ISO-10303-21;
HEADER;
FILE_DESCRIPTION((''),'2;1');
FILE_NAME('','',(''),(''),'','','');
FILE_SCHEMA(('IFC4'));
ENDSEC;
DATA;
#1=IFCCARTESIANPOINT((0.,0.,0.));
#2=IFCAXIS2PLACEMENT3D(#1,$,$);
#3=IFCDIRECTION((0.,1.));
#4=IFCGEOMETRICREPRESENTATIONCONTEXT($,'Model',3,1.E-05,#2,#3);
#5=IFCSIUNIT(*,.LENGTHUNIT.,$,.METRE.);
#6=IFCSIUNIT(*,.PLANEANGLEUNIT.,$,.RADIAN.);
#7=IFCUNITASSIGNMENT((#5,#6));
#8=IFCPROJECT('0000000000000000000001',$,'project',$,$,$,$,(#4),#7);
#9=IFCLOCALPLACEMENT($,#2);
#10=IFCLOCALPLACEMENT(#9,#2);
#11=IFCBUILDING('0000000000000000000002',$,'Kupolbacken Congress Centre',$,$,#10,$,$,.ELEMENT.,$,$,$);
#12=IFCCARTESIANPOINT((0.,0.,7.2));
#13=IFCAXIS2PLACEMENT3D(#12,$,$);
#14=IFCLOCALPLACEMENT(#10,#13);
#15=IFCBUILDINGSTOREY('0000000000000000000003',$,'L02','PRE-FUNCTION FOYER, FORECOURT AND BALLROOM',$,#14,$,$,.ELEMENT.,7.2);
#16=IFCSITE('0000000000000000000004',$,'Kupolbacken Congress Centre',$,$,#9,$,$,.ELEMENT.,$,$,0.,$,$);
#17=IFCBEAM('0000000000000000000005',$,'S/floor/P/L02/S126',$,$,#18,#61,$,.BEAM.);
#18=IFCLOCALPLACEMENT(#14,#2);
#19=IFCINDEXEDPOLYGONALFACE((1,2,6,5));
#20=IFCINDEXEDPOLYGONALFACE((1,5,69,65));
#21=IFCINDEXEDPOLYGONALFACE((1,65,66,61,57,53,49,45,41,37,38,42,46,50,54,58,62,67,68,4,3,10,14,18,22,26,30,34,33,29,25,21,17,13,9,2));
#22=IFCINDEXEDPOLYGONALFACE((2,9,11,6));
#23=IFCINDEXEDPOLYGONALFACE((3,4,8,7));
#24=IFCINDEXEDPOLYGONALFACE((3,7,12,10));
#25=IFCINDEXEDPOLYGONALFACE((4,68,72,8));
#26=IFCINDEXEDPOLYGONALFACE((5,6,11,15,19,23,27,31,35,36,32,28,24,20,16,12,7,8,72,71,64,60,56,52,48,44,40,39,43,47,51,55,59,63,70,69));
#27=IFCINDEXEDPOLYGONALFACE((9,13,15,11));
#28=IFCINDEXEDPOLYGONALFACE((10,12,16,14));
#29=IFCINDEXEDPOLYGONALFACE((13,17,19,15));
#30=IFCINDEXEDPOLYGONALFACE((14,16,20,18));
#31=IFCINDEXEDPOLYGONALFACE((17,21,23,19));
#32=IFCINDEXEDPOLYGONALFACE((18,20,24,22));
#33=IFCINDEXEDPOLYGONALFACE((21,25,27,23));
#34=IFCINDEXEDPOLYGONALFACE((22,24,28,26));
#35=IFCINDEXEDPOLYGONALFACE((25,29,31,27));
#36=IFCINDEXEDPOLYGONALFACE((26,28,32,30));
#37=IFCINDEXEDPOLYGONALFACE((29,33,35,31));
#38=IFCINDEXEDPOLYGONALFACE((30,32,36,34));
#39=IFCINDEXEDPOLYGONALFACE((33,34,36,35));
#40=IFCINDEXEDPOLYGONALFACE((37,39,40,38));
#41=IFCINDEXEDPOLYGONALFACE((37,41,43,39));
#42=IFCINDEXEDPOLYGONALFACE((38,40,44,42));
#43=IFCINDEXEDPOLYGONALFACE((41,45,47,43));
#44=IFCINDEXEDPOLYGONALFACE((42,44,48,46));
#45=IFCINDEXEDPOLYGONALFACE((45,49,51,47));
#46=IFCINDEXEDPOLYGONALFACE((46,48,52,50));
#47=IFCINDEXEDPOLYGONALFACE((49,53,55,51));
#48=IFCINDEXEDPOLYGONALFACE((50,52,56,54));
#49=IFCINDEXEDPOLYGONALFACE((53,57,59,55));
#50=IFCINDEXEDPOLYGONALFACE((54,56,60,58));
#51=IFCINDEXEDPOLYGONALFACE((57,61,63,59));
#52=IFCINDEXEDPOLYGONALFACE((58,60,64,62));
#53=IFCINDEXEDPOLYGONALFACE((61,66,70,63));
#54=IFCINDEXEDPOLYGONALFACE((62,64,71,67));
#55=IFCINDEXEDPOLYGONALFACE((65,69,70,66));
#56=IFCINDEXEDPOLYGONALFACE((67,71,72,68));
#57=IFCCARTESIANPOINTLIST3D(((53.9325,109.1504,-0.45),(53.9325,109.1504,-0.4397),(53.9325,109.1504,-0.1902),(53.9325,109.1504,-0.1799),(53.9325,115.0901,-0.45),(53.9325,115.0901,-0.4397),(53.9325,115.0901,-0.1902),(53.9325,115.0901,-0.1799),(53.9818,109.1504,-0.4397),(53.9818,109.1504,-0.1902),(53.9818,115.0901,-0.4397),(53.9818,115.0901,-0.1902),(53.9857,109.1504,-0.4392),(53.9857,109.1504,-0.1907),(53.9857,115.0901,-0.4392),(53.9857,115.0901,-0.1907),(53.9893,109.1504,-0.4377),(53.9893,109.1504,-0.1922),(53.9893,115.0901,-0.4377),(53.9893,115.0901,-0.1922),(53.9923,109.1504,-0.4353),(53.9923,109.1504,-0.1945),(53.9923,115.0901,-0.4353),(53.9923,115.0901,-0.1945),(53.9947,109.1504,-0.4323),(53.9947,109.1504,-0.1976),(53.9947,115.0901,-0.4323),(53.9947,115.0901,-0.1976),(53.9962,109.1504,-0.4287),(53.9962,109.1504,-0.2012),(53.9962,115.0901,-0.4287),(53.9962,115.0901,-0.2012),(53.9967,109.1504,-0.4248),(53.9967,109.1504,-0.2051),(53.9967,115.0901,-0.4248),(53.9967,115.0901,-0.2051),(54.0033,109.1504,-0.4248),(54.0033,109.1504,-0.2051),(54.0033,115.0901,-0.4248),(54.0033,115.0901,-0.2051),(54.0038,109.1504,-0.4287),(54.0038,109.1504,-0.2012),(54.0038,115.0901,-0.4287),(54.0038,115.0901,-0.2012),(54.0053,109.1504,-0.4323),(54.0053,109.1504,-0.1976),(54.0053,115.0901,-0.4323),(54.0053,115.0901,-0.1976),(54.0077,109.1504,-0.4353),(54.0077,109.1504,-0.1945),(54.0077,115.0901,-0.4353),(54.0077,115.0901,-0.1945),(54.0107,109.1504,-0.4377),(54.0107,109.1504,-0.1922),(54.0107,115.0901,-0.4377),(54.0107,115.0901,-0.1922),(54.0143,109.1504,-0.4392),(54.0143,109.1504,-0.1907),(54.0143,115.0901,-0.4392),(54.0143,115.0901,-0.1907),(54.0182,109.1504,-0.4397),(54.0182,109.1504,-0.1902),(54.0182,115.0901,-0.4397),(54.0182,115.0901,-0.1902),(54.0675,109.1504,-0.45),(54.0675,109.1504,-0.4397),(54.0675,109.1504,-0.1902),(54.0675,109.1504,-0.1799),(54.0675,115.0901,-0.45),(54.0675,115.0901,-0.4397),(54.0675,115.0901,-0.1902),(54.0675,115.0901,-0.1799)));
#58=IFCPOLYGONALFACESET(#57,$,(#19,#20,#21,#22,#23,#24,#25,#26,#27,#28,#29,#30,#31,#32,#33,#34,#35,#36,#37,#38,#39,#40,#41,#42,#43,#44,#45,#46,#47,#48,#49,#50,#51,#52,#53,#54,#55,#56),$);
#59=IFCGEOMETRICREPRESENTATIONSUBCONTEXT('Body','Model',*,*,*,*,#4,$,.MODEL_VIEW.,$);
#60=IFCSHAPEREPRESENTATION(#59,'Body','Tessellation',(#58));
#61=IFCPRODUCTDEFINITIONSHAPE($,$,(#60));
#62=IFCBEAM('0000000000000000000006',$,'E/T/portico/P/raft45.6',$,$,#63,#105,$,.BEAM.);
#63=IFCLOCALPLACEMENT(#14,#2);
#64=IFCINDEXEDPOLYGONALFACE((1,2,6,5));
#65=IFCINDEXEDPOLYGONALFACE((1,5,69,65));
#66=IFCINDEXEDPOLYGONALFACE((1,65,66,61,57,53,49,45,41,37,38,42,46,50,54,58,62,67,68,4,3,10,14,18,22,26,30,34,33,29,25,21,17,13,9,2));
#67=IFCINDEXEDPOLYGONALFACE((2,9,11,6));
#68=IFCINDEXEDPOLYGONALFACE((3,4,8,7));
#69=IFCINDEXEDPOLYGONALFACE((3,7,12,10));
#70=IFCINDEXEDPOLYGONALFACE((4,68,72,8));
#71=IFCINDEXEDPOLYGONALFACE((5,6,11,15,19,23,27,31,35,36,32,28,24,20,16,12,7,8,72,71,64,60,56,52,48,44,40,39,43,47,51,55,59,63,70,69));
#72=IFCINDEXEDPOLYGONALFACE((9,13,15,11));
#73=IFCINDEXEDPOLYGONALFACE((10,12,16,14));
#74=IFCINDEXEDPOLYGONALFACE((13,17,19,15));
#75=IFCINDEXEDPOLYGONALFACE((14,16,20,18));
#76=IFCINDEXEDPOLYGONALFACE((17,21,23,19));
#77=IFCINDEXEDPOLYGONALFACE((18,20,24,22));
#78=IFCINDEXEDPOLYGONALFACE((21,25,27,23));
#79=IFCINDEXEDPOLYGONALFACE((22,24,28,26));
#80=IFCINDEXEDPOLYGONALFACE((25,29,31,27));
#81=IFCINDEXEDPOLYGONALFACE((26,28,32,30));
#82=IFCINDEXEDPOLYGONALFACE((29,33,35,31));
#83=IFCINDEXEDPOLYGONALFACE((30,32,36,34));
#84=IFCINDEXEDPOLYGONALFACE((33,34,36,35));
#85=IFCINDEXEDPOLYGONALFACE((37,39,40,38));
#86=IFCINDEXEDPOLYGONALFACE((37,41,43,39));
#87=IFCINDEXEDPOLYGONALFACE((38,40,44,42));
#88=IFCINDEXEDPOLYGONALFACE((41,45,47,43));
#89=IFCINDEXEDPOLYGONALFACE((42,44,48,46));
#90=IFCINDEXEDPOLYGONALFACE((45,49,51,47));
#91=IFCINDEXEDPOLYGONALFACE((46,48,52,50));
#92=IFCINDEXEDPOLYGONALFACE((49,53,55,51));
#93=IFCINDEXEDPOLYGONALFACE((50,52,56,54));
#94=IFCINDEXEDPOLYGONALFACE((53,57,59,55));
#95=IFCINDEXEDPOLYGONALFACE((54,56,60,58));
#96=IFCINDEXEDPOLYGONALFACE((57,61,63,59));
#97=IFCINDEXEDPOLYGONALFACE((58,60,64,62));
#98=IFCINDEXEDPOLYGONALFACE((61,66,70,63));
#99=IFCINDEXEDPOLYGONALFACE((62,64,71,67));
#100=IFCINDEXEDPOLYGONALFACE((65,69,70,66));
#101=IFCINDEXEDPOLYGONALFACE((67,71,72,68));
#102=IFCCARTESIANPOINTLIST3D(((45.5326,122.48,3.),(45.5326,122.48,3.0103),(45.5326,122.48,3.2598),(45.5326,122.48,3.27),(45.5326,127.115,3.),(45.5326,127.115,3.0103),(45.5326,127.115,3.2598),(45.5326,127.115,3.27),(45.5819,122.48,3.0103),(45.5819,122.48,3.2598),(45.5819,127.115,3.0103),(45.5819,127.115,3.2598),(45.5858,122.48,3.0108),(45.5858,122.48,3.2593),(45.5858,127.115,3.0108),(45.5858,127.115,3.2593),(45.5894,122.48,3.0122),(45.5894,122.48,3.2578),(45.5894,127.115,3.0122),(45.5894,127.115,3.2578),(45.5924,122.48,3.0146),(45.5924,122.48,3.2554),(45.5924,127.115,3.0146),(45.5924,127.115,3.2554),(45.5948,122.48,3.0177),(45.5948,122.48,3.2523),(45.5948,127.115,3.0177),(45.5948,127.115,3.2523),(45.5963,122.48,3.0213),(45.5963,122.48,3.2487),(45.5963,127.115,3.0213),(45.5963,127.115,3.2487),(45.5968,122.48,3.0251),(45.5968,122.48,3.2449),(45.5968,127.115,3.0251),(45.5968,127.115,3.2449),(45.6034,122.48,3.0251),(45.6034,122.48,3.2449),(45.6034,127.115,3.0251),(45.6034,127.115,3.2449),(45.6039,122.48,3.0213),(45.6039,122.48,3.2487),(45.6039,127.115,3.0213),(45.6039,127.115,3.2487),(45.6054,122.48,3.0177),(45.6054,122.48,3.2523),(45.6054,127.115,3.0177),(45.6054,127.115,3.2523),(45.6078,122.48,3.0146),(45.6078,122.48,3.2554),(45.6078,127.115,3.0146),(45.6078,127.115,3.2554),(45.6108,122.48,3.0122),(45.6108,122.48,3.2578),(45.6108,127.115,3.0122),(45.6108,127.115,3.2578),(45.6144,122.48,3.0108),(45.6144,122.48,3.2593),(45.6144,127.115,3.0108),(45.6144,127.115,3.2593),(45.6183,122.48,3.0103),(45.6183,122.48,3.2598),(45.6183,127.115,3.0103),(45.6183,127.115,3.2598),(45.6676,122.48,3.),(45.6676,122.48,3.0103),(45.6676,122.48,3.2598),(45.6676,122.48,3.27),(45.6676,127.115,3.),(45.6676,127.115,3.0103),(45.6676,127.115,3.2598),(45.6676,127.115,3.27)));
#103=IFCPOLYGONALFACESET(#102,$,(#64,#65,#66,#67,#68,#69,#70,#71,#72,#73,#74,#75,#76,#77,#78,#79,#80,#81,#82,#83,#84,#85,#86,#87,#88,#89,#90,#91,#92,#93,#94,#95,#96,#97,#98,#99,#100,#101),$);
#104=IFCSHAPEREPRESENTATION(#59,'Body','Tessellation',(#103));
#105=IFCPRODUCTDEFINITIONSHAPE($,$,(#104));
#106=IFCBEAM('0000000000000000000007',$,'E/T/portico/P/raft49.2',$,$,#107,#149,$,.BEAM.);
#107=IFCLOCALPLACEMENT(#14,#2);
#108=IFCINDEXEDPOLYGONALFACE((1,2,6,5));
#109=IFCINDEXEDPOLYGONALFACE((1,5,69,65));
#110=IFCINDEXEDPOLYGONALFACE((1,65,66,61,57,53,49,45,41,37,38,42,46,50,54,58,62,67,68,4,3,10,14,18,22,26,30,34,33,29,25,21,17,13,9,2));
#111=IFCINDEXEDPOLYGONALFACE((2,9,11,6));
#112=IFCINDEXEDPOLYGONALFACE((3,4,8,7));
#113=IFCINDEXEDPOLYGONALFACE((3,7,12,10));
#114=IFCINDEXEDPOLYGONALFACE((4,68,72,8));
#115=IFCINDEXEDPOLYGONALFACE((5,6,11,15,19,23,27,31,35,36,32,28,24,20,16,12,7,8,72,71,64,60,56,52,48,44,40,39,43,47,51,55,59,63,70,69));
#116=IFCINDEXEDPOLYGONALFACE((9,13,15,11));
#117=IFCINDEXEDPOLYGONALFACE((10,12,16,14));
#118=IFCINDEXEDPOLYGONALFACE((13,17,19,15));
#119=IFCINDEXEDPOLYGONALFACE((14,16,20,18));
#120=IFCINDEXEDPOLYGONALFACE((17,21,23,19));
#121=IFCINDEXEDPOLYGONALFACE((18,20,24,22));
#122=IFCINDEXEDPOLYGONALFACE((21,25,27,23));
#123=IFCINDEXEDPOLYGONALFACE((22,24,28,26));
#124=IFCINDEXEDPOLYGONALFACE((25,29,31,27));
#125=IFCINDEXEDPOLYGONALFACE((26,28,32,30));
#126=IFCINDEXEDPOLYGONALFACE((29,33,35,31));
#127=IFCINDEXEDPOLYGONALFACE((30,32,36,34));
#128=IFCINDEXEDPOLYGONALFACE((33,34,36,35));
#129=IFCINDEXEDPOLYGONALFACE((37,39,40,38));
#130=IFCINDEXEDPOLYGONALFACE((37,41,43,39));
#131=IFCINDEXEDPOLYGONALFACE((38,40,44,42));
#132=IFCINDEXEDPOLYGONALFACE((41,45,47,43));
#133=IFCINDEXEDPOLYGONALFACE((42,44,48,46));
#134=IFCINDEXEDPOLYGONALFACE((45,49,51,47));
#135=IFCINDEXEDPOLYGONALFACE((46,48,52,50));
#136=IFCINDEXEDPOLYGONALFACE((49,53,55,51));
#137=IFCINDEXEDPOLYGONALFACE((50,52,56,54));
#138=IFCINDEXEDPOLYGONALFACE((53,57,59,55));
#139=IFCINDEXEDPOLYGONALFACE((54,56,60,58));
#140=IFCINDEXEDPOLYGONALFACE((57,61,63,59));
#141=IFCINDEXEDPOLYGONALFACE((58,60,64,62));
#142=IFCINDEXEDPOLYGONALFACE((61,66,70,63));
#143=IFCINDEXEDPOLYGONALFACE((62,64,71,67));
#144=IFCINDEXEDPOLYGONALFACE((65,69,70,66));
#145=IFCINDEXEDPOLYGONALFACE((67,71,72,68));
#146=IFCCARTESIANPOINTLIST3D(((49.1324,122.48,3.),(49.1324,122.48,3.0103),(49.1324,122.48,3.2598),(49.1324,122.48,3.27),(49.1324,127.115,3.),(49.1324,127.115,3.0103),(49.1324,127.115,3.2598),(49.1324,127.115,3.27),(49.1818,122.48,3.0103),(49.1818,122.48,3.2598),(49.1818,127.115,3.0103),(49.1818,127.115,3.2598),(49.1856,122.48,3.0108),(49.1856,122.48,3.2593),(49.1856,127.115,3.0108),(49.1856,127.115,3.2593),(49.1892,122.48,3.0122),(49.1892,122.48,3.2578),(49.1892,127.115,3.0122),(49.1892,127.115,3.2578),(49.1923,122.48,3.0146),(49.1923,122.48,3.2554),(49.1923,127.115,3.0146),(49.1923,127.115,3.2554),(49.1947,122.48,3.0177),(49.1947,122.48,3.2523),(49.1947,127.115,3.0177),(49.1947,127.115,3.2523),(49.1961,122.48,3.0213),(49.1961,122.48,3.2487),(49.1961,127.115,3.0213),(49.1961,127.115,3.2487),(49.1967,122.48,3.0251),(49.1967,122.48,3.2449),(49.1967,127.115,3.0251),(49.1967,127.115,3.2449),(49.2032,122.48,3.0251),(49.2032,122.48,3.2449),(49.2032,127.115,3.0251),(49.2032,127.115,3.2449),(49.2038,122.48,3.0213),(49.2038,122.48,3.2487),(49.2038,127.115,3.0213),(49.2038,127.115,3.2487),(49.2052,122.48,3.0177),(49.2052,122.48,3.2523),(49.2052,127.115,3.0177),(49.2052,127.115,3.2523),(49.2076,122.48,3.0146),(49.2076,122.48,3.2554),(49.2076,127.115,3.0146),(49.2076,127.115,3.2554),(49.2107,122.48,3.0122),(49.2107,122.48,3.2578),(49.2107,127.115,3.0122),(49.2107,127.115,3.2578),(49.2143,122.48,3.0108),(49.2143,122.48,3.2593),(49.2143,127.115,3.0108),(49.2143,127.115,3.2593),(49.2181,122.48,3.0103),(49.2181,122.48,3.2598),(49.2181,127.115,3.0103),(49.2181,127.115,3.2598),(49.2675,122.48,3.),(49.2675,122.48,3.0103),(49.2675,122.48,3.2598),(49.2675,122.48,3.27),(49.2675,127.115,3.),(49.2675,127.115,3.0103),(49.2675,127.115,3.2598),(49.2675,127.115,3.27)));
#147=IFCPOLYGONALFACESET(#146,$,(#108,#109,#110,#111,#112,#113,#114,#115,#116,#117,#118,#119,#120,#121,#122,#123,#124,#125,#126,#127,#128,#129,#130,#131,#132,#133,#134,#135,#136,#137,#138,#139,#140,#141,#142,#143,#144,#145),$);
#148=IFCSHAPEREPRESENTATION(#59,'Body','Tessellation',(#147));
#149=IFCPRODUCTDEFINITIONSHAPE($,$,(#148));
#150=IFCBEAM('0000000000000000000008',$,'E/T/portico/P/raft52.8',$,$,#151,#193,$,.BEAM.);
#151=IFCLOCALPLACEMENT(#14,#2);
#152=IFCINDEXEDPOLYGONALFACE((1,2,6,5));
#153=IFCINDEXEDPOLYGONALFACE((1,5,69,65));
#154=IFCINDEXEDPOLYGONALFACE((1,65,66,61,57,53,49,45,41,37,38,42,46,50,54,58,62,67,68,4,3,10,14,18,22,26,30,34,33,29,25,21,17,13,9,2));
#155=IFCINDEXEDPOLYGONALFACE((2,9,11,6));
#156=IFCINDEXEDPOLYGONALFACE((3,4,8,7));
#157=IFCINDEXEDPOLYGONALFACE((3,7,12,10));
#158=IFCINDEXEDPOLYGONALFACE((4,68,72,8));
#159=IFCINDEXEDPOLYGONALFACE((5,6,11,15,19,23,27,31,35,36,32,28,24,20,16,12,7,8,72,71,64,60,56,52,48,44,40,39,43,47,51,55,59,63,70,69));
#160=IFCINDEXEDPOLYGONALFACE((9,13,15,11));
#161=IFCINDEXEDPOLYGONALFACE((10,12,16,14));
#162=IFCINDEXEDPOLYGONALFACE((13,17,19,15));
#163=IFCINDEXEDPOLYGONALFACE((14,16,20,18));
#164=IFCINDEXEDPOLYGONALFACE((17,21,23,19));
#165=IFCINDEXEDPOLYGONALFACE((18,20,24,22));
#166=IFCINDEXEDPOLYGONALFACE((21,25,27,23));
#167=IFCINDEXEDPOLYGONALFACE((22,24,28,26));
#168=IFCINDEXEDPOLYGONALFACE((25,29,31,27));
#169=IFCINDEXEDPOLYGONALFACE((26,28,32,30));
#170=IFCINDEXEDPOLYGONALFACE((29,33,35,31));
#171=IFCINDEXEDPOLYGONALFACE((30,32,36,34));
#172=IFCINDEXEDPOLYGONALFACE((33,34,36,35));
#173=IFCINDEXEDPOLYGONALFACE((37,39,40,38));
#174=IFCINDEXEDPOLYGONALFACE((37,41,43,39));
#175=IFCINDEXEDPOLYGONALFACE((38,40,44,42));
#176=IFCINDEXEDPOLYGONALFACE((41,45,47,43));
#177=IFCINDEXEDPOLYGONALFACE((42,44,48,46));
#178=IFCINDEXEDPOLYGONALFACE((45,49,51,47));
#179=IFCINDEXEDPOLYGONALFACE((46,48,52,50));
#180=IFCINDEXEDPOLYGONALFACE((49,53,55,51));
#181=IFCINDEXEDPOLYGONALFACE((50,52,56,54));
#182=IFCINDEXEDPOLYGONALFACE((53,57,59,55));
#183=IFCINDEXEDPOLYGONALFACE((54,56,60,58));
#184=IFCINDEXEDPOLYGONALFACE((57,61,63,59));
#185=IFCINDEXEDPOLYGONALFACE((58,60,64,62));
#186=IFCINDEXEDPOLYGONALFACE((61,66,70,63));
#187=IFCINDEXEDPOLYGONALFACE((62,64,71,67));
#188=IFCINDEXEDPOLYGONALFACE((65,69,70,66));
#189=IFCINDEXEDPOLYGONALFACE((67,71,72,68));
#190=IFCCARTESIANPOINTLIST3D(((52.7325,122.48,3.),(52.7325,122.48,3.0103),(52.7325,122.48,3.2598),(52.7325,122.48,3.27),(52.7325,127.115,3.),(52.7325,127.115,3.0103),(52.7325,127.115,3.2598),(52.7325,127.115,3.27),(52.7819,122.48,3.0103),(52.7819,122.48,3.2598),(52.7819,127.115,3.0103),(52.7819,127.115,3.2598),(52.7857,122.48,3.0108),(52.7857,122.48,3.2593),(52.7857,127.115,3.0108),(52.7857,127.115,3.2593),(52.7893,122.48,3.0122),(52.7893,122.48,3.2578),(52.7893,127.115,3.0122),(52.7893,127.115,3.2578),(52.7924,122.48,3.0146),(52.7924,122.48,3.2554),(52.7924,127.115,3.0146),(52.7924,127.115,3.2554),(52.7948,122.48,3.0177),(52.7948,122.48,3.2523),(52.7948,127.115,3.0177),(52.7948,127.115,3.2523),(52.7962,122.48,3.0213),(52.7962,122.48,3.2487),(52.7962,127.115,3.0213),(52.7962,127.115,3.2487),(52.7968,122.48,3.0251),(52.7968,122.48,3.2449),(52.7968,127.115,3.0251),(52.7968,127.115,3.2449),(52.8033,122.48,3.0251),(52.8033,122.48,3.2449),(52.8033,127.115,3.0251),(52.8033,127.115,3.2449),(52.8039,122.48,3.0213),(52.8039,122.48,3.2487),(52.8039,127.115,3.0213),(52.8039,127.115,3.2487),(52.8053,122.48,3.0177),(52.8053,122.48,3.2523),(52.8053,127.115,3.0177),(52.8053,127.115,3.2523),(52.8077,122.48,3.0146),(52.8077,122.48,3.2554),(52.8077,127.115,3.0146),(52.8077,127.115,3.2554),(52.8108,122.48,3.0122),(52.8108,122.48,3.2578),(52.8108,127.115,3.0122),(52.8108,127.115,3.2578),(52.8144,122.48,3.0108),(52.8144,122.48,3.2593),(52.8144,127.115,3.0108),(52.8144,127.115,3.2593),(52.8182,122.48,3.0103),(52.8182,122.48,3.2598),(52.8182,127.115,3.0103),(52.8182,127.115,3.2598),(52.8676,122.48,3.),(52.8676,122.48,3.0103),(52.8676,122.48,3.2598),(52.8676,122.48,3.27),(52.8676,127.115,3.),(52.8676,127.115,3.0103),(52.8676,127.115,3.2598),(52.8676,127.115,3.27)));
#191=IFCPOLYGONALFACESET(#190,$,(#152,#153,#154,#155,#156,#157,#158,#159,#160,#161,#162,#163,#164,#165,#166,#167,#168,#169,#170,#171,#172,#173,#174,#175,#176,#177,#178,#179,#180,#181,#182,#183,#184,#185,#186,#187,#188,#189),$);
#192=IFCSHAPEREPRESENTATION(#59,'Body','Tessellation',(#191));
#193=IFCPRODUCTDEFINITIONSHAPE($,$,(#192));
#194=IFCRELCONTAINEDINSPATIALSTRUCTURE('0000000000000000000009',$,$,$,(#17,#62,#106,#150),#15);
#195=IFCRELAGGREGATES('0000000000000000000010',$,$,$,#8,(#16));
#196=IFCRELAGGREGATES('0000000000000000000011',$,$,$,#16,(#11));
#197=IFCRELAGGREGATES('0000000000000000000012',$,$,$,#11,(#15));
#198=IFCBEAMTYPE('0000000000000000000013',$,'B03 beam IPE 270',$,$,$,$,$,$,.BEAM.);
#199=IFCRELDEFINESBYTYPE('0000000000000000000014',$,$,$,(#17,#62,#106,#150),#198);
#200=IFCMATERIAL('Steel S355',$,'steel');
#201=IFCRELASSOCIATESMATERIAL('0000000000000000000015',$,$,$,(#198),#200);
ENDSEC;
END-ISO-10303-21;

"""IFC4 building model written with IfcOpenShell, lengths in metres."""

from ifc_helpers import new_model, si_unit, direction, frame, origin, origin_2d, place, context, subcontext, project, spatial, i_section, extrude, material, material_profile, profile_set, type_object, element, save


model = new_model("IFC4")

# Units and contexts
model_context = context("Model", 3, precision=1e-05, world=origin(), true_north=direction((0.0, 1.0)))
body_context = subcontext(model_context, "Body", "Model", "MODEL_VIEW")
ifc_project = project(units=[si_unit("LENGTHUNIT", "METRE"), si_unit("PLANEANGLEUNIT", "RADIAN")], contexts=[model_context])

# Site, building, storey
site_placement = place(None, origin())
site = spatial("IfcSite", under=ifc_project, at=site_placement, Name="Kupolbacken Congress Centre", CompositionType="ELEMENT", RefElevation=0.0)
building_placement = place(site_placement, origin())
building = spatial("IfcBuilding", under=site, at=building_placement, Name="Kupolbacken Congress Centre", CompositionType="ELEMENT")
storey_placement = place(building_placement, frame((0.0, 0.0, 7.2)))
storey = spatial("IfcBuildingStorey", under=building, at=storey_placement, Name="L02", Description="PRE-FUNCTION FOYER, FORECOURT AND BALLROOM", CompositionType="ELEMENT", Elevation=7.2)

# Beams
ifc_material_1 = material(Name="Steel S355", Category="steel")
ifc_material_profile_1 = material_profile(ifc_material_1, i_section(OverallWidth=0.135, OverallDepth=0.27, WebThickness=0.0066, FlangeThickness=0.0103, FilletRadius=0.0149, at=origin_2d()), Name="IPE 270")
ifc_profile_set_1 = profile_set([ifc_material_profile_1], Name="Steel S355")
beam_type_1 = type_object("IfcBeamType", Name="B03 beam IPE 270", PredefinedType="BEAM", material=ifc_profile_set_1)
beam_1_placement = place(storey_placement, frame((54.0, 109.1504, -0.3149), z_axis=(0.0, 1.0, 0.0), x_axis=(-1.0, 0.0, 0.0)))
element("IfcBeam", 1, at=beam_1_placement, inside=storey, type_object=beam_type_1, Name="S/floor/P/L02/S126", PredefinedType="BEAM", context=body_context, shape_type="SweptSolid", body=[
    extrude(i_section(OverallWidth=0.135, OverallDepth=0.27, WebThickness=0.0066, FlangeThickness=0.0103, FilletRadius=0.0149, at=origin_2d()), origin(), (0.0, 0.0, 1.0), 5.9397),
])
for number, where, z_axis, x_axis, name in (
    (2, (45.6001, 122.48, 3.135), (0.0, 1.0, 0.0), (-1.0, 0.0, 0.0), "E/T/portico/P/raft45.6"),
    (3, (49.2, 122.48, 3.135), (0.0, 1.0, 0.0), (-1.0, 0.0, 0.0), "E/T/portico/P/raft49.2"),
    (4, (52.8, 122.48, 3.135), (0.0, 1.0, 0.0), (-1.0, 0.0, 0.0), "E/T/portico/P/raft52.8"),
):
    element("IfcBeam", number, at=place(storey_placement, frame(where, z_axis=z_axis, x_axis=x_axis)), inside=storey, type_object=beam_type_1, Name=name, PredefinedType="BEAM", context=body_context, shape_type="SweptSolid", body=[
        extrude(i_section(OverallWidth=0.135, OverallDepth=0.27, WebThickness=0.0066, FlangeThickness=0.0103, FilletRadius=0.0149, at=origin_2d()), origin(), (0.0, 0.0, 1.0), 4.635),
    ])

save(model, "model.ifc")
